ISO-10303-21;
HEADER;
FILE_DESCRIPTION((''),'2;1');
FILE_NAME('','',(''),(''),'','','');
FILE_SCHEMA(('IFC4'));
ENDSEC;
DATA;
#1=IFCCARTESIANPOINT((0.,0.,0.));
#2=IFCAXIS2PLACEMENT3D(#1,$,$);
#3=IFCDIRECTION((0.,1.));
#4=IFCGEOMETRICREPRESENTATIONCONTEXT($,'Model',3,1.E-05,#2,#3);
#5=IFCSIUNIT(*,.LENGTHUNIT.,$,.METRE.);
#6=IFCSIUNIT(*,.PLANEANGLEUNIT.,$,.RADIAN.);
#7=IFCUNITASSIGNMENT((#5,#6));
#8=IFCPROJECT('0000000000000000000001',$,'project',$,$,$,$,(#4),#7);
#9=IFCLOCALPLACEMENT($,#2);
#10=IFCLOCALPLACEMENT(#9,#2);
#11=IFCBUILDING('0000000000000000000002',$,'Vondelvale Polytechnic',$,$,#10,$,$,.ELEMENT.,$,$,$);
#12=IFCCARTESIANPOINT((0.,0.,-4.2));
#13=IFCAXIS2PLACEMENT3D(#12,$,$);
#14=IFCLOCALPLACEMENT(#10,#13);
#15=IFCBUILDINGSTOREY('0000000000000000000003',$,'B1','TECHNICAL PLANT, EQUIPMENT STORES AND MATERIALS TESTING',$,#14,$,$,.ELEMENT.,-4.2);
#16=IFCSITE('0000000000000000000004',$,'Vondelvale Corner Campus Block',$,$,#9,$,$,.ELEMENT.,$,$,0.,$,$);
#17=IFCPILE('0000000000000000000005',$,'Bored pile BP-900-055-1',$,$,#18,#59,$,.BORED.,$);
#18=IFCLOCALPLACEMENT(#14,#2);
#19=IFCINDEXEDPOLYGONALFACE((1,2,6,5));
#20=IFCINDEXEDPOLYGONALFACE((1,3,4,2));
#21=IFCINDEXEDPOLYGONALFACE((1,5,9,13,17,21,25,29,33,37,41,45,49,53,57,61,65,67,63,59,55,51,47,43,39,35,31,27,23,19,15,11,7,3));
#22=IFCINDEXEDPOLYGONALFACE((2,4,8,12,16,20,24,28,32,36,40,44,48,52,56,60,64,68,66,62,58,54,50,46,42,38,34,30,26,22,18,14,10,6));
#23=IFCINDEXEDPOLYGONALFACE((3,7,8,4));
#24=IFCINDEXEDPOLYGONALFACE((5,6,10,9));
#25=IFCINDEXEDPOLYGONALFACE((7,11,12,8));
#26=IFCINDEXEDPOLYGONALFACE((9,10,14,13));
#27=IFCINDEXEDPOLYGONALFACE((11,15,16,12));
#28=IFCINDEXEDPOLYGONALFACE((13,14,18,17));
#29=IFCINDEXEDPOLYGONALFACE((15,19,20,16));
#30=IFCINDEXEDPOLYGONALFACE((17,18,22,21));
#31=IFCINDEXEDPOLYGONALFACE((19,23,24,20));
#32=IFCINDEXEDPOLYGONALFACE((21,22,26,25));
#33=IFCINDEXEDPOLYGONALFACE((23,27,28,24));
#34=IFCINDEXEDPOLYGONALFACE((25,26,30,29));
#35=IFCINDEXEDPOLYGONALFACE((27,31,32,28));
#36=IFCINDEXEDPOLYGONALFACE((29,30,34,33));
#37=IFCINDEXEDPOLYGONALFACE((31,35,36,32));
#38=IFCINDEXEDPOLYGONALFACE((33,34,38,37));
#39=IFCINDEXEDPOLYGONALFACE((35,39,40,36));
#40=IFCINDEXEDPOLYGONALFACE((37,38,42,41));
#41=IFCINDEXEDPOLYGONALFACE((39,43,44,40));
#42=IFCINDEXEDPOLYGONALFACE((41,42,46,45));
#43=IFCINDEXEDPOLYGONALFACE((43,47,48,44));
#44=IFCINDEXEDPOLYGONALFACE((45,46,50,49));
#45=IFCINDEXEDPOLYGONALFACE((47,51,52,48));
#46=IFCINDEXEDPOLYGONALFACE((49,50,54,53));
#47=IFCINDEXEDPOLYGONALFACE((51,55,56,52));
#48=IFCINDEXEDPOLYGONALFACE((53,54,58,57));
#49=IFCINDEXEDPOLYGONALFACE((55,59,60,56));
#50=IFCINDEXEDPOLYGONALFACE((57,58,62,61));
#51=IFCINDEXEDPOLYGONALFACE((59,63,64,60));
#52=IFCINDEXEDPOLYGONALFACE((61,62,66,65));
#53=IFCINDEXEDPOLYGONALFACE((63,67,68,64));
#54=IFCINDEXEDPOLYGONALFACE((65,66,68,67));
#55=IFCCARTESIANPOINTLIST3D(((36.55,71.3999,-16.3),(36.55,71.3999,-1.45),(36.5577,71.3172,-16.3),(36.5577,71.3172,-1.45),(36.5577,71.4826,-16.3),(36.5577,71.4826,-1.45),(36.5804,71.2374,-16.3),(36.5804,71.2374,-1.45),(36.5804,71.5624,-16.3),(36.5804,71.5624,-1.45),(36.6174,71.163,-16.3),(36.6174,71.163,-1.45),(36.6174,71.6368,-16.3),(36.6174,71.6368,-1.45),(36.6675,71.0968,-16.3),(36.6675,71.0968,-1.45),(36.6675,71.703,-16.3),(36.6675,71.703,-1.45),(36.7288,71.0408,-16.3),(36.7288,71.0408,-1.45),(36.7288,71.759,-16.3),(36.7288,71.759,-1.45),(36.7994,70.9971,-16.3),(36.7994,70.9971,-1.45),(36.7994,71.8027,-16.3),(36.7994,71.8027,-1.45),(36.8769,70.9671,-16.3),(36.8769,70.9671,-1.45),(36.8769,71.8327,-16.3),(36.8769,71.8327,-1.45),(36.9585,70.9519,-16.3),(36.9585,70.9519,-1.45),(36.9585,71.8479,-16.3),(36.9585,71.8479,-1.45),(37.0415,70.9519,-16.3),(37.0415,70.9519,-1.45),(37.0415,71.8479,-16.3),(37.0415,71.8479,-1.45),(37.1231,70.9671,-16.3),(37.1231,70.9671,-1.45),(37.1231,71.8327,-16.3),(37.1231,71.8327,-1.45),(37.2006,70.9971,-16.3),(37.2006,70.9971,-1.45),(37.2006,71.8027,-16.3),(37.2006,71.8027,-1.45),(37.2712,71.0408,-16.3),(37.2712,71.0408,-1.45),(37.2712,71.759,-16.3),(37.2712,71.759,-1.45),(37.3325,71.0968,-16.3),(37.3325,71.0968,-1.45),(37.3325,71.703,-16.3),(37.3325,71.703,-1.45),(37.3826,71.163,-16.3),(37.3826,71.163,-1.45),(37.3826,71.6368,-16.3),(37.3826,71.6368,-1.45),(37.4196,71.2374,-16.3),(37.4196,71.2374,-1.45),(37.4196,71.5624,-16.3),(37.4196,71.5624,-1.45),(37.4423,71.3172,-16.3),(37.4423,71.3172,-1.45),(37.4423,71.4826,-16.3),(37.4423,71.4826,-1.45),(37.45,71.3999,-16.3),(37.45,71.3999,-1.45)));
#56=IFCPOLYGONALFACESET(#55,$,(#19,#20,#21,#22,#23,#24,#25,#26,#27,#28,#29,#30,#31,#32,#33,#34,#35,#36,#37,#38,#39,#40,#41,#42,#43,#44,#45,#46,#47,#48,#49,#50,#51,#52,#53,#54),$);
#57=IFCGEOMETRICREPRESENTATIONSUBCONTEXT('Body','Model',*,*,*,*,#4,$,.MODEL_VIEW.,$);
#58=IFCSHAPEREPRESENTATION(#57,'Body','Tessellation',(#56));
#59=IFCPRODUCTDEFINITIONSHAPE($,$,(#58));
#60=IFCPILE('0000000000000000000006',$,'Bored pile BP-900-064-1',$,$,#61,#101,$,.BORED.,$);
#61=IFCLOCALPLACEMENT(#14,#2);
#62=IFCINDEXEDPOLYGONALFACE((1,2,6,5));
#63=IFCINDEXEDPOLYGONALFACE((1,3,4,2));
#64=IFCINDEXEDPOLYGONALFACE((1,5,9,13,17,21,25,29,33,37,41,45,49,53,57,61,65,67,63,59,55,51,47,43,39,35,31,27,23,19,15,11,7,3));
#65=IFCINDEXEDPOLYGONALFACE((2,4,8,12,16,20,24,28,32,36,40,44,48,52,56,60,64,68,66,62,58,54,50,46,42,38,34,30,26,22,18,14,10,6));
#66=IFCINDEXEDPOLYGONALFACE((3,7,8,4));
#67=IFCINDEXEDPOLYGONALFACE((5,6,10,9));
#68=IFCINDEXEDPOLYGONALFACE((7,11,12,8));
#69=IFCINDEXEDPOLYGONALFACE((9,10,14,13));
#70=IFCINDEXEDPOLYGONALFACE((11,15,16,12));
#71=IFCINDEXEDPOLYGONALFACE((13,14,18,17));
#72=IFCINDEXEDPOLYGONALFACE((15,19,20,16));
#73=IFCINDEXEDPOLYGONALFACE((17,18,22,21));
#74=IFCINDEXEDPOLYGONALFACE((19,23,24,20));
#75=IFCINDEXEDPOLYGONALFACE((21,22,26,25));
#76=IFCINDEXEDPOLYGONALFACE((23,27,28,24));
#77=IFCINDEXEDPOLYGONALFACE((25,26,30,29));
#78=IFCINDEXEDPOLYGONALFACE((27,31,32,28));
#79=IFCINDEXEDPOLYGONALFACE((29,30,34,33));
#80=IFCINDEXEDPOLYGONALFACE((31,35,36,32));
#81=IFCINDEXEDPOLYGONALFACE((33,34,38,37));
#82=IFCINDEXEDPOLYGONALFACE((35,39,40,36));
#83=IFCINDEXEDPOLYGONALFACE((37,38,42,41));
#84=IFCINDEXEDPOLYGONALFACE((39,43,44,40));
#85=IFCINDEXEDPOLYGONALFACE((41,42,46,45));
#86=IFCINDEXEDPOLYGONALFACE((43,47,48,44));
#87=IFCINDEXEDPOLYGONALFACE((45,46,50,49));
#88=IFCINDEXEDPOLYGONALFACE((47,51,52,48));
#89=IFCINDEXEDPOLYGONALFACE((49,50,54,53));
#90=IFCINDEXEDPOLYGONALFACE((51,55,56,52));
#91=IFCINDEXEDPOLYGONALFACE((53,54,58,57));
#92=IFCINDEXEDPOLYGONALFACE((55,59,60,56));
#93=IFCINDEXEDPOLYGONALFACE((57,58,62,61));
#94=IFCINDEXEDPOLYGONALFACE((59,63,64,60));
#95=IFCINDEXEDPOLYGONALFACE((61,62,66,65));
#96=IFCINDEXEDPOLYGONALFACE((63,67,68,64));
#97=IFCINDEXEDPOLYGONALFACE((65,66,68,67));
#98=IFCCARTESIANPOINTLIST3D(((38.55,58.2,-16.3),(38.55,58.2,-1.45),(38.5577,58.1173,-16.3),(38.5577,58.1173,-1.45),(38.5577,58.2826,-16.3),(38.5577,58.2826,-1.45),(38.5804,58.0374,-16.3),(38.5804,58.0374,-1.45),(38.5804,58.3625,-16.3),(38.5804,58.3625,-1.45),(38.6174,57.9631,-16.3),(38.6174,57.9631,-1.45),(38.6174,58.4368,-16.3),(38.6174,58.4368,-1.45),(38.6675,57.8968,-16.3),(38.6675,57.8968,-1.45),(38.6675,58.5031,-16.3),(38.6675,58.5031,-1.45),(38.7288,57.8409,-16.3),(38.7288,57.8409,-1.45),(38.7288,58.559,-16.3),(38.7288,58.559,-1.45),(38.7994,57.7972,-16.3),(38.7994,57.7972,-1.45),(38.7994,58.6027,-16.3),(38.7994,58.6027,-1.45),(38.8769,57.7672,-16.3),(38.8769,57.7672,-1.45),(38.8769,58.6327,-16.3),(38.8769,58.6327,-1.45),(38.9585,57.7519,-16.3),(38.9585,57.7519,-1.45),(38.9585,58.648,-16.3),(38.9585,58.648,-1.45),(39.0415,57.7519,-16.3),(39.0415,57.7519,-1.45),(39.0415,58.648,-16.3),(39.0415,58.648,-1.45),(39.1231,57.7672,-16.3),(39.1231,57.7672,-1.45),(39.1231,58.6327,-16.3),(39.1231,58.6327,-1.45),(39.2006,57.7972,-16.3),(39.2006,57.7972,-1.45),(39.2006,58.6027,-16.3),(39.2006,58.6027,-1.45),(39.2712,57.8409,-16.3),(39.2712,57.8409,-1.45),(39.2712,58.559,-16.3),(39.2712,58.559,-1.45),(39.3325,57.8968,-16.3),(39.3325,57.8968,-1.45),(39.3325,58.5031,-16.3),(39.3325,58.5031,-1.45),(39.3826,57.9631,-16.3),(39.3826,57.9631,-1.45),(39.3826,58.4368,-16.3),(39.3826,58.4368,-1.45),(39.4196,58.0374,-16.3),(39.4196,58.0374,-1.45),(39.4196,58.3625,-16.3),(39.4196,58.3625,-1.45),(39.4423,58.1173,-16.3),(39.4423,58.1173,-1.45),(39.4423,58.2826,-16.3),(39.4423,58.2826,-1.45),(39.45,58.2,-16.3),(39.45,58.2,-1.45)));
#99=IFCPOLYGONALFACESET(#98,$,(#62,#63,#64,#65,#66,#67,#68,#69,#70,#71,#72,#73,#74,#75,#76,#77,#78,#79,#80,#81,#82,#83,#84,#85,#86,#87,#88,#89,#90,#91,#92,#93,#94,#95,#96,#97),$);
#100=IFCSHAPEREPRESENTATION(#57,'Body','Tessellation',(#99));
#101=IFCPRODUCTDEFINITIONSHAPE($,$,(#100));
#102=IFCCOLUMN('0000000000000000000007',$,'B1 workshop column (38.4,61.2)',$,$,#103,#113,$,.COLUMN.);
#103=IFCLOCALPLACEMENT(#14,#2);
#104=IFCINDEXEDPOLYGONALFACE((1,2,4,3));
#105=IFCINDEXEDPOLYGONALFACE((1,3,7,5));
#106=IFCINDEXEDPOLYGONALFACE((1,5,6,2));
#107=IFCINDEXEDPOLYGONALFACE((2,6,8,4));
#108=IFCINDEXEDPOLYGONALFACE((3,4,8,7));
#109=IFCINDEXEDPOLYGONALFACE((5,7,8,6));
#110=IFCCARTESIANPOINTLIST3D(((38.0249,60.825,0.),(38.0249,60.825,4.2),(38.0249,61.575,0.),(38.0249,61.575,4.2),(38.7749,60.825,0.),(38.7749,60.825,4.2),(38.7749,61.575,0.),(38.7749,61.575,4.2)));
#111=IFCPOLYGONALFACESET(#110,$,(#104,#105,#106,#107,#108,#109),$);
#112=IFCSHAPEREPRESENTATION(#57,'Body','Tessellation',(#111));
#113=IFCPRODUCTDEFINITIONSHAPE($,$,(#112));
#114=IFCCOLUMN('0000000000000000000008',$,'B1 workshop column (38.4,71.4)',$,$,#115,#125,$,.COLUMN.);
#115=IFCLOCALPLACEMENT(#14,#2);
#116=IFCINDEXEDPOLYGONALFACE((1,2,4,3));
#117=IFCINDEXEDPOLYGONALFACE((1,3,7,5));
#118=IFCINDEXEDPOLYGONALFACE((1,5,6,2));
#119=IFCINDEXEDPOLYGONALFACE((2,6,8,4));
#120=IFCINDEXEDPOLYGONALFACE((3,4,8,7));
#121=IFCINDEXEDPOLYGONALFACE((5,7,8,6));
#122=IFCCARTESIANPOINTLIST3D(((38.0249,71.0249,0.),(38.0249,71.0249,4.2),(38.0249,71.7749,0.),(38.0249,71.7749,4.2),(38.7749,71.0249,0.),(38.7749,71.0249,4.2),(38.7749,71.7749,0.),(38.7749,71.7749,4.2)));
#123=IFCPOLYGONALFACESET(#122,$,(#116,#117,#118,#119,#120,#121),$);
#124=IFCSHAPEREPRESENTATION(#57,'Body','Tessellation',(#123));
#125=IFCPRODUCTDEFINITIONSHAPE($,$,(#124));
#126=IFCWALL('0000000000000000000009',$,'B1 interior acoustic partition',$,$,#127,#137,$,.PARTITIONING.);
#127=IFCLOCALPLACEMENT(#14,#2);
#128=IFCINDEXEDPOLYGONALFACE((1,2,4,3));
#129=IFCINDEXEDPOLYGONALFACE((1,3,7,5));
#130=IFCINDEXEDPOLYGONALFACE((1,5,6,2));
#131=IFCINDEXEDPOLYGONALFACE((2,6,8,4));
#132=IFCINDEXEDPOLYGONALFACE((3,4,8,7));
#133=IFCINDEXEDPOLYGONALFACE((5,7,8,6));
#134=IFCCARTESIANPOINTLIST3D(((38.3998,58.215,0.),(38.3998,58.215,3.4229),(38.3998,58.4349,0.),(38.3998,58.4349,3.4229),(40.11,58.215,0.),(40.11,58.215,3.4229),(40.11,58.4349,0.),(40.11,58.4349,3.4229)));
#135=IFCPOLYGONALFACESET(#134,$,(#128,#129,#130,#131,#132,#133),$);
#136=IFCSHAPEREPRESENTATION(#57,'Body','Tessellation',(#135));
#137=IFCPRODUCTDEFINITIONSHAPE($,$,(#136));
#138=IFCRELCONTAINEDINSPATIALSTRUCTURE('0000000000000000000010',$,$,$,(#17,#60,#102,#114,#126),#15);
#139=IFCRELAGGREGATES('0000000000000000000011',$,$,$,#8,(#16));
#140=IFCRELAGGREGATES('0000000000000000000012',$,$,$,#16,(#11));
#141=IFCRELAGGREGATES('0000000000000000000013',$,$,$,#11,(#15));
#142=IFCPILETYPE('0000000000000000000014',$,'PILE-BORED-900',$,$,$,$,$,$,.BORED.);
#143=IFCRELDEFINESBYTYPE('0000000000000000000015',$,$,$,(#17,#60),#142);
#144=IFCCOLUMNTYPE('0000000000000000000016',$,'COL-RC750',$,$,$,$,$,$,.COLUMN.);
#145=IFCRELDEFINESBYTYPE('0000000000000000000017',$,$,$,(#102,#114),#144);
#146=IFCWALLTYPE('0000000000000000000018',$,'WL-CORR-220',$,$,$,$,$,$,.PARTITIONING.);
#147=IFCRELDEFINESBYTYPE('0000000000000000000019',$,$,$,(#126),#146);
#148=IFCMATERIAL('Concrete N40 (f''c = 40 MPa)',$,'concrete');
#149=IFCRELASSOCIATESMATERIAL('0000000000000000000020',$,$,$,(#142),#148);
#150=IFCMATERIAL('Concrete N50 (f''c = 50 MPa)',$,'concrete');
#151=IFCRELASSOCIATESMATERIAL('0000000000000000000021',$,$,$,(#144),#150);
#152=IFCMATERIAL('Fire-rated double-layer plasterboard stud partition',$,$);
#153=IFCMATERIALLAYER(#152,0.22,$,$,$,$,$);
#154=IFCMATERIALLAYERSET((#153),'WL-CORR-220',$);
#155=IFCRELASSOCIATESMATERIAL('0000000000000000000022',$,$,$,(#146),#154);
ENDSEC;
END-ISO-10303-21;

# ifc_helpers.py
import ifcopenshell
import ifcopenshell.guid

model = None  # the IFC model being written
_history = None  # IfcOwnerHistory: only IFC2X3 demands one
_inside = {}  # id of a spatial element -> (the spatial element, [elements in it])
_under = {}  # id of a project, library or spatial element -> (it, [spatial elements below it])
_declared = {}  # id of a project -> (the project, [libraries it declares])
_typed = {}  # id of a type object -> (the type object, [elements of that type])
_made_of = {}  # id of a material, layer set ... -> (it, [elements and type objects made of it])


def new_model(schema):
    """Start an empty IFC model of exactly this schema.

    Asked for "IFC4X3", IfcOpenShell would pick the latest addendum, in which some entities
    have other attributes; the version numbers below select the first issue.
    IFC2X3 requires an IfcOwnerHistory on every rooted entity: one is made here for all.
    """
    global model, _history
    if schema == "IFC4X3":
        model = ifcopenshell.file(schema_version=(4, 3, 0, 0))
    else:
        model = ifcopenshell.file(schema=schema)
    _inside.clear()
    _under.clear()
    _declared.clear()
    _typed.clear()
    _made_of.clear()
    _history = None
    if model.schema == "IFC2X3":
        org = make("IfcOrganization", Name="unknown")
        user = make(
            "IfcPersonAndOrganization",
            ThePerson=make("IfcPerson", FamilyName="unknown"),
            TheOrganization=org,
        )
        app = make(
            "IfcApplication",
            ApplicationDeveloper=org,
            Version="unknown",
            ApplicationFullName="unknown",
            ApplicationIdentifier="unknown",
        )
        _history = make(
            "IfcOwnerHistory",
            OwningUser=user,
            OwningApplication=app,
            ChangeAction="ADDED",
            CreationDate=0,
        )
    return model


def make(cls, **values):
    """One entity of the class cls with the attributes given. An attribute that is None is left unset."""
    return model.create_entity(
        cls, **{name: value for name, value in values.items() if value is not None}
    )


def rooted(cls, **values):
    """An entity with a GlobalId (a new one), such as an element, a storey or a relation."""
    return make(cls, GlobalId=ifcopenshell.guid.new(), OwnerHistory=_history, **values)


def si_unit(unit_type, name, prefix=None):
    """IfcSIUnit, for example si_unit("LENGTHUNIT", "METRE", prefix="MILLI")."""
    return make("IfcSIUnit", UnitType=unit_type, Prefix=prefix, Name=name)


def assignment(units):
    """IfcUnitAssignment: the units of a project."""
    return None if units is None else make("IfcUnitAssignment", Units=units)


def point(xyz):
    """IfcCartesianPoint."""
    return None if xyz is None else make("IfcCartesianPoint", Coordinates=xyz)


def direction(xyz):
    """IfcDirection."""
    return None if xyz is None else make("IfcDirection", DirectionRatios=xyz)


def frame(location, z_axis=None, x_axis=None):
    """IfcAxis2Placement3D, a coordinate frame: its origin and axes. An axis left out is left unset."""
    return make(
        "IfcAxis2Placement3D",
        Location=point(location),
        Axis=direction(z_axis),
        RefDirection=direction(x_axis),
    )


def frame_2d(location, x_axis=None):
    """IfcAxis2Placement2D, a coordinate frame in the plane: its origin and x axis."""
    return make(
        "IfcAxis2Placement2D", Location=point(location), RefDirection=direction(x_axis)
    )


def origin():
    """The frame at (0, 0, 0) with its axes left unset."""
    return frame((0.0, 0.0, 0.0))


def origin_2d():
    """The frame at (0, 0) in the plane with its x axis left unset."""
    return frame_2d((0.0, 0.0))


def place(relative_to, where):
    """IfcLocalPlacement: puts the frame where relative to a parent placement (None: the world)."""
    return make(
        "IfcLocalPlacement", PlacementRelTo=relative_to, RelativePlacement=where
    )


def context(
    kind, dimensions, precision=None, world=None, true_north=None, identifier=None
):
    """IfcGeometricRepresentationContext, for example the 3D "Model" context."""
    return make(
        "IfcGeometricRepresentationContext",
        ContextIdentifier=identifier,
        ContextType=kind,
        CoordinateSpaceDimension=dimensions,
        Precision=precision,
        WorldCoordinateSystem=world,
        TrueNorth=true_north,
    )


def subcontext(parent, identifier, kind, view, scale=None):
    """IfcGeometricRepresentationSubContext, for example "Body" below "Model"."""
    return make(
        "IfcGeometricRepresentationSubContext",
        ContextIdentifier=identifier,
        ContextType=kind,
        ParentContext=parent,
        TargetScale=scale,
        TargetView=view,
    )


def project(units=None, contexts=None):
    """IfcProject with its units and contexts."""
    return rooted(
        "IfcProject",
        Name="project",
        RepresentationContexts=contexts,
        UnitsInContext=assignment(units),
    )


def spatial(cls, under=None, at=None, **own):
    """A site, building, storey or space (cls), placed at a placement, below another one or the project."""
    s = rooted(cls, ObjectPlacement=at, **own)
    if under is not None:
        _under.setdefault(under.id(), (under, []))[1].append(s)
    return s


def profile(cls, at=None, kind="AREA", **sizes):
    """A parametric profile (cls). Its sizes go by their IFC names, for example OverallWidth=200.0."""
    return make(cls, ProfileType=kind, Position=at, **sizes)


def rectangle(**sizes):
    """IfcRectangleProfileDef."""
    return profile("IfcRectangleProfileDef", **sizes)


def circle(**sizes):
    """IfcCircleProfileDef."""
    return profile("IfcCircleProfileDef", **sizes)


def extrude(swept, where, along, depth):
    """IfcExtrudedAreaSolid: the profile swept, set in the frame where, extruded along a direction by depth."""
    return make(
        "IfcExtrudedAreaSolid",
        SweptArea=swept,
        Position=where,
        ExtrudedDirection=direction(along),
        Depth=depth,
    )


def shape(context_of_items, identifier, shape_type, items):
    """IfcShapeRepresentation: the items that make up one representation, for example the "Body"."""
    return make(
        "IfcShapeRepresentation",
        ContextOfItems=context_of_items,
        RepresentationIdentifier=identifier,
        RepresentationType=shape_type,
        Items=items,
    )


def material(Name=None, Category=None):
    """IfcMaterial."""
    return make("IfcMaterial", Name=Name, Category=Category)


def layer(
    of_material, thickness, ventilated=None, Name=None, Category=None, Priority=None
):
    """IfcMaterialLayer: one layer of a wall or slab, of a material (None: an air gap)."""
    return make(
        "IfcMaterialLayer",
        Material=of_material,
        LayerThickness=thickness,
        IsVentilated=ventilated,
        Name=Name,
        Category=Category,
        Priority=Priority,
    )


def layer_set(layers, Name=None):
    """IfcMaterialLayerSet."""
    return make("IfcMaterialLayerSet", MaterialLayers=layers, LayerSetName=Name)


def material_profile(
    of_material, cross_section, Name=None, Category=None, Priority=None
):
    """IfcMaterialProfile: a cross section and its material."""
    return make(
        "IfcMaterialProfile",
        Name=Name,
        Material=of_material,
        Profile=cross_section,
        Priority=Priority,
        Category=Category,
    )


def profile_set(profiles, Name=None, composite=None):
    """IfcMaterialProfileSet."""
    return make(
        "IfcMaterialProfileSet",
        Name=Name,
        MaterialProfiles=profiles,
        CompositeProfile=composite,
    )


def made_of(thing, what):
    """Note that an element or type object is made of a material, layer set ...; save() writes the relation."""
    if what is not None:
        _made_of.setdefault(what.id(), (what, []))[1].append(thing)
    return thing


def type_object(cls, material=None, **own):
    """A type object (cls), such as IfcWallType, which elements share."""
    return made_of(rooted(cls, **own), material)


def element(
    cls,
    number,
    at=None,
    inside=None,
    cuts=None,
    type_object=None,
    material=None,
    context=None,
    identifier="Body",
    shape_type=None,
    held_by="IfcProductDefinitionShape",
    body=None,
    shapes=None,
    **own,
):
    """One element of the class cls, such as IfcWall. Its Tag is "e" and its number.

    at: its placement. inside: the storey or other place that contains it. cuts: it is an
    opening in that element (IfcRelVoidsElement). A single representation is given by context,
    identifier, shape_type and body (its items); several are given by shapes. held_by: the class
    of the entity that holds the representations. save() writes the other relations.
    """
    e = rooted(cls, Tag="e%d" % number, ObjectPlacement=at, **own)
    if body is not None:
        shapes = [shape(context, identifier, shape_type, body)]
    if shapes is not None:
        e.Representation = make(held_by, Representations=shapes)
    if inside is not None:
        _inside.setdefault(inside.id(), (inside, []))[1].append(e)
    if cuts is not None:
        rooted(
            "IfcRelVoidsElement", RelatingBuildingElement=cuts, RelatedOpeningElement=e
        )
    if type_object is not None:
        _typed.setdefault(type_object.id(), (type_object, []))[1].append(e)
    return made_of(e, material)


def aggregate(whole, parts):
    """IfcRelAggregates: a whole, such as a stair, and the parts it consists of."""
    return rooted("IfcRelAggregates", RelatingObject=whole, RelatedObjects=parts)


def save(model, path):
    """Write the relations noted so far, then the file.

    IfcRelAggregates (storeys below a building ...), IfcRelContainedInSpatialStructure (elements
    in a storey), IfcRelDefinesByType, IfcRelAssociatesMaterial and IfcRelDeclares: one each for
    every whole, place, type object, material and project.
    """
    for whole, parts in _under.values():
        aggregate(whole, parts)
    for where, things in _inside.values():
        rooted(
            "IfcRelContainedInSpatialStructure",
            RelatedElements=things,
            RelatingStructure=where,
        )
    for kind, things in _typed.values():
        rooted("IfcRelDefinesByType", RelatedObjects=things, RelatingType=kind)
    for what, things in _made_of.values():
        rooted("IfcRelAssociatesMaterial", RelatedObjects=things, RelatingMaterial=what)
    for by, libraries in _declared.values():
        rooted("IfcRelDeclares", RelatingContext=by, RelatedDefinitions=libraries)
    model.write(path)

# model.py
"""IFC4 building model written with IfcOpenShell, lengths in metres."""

from ifc_helpers import new_model, si_unit, direction, frame, frame_2d, origin, origin_2d, place, context, subcontext, project, spatial, rectangle, circle, extrude, material, layer, layer_set, material_profile, profile_set, type_object, element, save


model = new_model("IFC4")

# Units and contexts
model_context = context("Model", 3, precision=1e-05, world=origin(), true_north=direction((0.0, 1.0)))
body_context = subcontext(model_context, "Body", "Model", "MODEL_VIEW")
ifc_project = project(units=[si_unit("LENGTHUNIT", "METRE"), si_unit("PLANEANGLEUNIT", "RADIAN")], contexts=[model_context])

# Site, building, storey
site_placement = place(None, origin())
site = spatial("IfcSite", under=ifc_project, at=site_placement, Name="Vondelvale Corner Campus Block", CompositionType="ELEMENT", RefElevation=0.0)
building_placement = place(site_placement, origin())
building = spatial("IfcBuilding", under=site, at=building_placement, Name="Vondelvale Polytechnic", CompositionType="ELEMENT")
storey_placement = place(building_placement, frame((0.0, 0.0, -4.2)))
storey = spatial("IfcBuildingStorey", under=building, at=storey_placement, Name="B1", Description="TECHNICAL PLANT, EQUIPMENT STORES AND MATERIALS TESTING", CompositionType="ELEMENT", Elevation=-4.2)

# Shared definitions
ifc_material_1 = material(Name="Concrete N40 (f'c = 40 MPa)", Category="concrete")

# Piles
ifc_material_profile_1 = material_profile(ifc_material_1, circle(Radius=0.45, at=origin_2d()), Name="PILE-D900")
ifc_profile_set_1 = profile_set([ifc_material_profile_1], Name="Concrete N40 (f'c = 40 MPa)")
pile_type = type_object("IfcPileType", Name="PILE-BORED-900", PredefinedType="BORED", material=ifc_profile_set_1)
for number, where, z_axis, x_axis, name in (
    (1, (37.0, 71.3999, -1.45), (0.0, 0.0, -1.0), (1.0, 0.0, 0.0), "Bored pile BP-900-055-1"),
    (2, (39.0, 58.2, -1.45), (0.0, 0.0, -1.0), (1.0, 0.0, 0.0), "Bored pile BP-900-064-1"),
):
    element("IfcPile", number, at=place(storey_placement, frame(where, z_axis=z_axis, x_axis=x_axis)), inside=storey, type_object=pile_type, Name=name, PredefinedType="BORED", context=body_context, shape_type="SweptSolid", body=[
        extrude(circle(Radius=0.45, at=origin_2d()), origin(), (0.0, 0.0, 1.0), 14.8501),
    ])

# Columns
ifc_material_2 = material(Name="Concrete N50 (f'c = 50 MPa)", Category="concrete")
ifc_material_profile_2 = material_profile(ifc_material_2, rectangle(XDim=0.75, YDim=0.75, at=origin_2d()), Name="RC-COL-750x750")
ifc_profile_set_2 = profile_set([ifc_material_profile_2], Name="Concrete N50 (f'c = 50 MPa)")
column_type = type_object("IfcColumnType", Name="COL-RC750", PredefinedType="COLUMN", material=ifc_profile_set_2)
for number, where, z_axis, x_axis, name in (
    (3, (38.3999, 61.2, 0.0), (0.0, 0.0, 1.0), (1.0, 0.0, 0.0), "B1 workshop column (38.4,61.2)"),
    (4, (38.3999, 71.3999, 0.0), (0.0, 0.0, 1.0), (1.0, 0.0, 0.0), "B1 workshop column (38.4,71.4)"),
):
    element("IfcColumn", number, at=place(storey_placement, frame(where, z_axis=z_axis, x_axis=x_axis)), inside=storey, type_object=column_type, Name=name, PredefinedType="COLUMN", context=body_context, shape_type="SweptSolid", body=[
        extrude(rectangle(XDim=0.75, YDim=0.75, at=origin_2d()), origin(), (0.0, 0.0, 1.0), 4.2),
    ])

# Wall
ifc_material_3 = material(Name="Fire-rated double-layer plasterboard stud partition")
ifc_layer_1 = layer(ifc_material_3, 0.22)
ifc_layer_set_1 = layer_set([ifc_layer_1], Name="WL-CORR-220")
wall_type_1 = type_object("IfcWallType", Name="WL-CORR-220", PredefinedType="PARTITIONING", material=ifc_layer_set_1)
wall_1_placement = place(storey_placement, frame((38.3999, 58.325, 0.0), z_axis=(0.0, 0.0, 1.0), x_axis=(1.0, 0.0, 0.0)))
element("IfcWall", 5, at=wall_1_placement, inside=storey, type_object=wall_type_1, Name="B1 interior acoustic partition", PredefinedType="PARTITIONING", context=body_context, shape_type="SweptSolid", body=[
    extrude(rectangle(XDim=1.7102, YDim=0.22, at=frame_2d((0.855, 0.0))), origin(), (0.0, 0.0, 1.0), 3.4229),
])

save(model, "model.ifc")
